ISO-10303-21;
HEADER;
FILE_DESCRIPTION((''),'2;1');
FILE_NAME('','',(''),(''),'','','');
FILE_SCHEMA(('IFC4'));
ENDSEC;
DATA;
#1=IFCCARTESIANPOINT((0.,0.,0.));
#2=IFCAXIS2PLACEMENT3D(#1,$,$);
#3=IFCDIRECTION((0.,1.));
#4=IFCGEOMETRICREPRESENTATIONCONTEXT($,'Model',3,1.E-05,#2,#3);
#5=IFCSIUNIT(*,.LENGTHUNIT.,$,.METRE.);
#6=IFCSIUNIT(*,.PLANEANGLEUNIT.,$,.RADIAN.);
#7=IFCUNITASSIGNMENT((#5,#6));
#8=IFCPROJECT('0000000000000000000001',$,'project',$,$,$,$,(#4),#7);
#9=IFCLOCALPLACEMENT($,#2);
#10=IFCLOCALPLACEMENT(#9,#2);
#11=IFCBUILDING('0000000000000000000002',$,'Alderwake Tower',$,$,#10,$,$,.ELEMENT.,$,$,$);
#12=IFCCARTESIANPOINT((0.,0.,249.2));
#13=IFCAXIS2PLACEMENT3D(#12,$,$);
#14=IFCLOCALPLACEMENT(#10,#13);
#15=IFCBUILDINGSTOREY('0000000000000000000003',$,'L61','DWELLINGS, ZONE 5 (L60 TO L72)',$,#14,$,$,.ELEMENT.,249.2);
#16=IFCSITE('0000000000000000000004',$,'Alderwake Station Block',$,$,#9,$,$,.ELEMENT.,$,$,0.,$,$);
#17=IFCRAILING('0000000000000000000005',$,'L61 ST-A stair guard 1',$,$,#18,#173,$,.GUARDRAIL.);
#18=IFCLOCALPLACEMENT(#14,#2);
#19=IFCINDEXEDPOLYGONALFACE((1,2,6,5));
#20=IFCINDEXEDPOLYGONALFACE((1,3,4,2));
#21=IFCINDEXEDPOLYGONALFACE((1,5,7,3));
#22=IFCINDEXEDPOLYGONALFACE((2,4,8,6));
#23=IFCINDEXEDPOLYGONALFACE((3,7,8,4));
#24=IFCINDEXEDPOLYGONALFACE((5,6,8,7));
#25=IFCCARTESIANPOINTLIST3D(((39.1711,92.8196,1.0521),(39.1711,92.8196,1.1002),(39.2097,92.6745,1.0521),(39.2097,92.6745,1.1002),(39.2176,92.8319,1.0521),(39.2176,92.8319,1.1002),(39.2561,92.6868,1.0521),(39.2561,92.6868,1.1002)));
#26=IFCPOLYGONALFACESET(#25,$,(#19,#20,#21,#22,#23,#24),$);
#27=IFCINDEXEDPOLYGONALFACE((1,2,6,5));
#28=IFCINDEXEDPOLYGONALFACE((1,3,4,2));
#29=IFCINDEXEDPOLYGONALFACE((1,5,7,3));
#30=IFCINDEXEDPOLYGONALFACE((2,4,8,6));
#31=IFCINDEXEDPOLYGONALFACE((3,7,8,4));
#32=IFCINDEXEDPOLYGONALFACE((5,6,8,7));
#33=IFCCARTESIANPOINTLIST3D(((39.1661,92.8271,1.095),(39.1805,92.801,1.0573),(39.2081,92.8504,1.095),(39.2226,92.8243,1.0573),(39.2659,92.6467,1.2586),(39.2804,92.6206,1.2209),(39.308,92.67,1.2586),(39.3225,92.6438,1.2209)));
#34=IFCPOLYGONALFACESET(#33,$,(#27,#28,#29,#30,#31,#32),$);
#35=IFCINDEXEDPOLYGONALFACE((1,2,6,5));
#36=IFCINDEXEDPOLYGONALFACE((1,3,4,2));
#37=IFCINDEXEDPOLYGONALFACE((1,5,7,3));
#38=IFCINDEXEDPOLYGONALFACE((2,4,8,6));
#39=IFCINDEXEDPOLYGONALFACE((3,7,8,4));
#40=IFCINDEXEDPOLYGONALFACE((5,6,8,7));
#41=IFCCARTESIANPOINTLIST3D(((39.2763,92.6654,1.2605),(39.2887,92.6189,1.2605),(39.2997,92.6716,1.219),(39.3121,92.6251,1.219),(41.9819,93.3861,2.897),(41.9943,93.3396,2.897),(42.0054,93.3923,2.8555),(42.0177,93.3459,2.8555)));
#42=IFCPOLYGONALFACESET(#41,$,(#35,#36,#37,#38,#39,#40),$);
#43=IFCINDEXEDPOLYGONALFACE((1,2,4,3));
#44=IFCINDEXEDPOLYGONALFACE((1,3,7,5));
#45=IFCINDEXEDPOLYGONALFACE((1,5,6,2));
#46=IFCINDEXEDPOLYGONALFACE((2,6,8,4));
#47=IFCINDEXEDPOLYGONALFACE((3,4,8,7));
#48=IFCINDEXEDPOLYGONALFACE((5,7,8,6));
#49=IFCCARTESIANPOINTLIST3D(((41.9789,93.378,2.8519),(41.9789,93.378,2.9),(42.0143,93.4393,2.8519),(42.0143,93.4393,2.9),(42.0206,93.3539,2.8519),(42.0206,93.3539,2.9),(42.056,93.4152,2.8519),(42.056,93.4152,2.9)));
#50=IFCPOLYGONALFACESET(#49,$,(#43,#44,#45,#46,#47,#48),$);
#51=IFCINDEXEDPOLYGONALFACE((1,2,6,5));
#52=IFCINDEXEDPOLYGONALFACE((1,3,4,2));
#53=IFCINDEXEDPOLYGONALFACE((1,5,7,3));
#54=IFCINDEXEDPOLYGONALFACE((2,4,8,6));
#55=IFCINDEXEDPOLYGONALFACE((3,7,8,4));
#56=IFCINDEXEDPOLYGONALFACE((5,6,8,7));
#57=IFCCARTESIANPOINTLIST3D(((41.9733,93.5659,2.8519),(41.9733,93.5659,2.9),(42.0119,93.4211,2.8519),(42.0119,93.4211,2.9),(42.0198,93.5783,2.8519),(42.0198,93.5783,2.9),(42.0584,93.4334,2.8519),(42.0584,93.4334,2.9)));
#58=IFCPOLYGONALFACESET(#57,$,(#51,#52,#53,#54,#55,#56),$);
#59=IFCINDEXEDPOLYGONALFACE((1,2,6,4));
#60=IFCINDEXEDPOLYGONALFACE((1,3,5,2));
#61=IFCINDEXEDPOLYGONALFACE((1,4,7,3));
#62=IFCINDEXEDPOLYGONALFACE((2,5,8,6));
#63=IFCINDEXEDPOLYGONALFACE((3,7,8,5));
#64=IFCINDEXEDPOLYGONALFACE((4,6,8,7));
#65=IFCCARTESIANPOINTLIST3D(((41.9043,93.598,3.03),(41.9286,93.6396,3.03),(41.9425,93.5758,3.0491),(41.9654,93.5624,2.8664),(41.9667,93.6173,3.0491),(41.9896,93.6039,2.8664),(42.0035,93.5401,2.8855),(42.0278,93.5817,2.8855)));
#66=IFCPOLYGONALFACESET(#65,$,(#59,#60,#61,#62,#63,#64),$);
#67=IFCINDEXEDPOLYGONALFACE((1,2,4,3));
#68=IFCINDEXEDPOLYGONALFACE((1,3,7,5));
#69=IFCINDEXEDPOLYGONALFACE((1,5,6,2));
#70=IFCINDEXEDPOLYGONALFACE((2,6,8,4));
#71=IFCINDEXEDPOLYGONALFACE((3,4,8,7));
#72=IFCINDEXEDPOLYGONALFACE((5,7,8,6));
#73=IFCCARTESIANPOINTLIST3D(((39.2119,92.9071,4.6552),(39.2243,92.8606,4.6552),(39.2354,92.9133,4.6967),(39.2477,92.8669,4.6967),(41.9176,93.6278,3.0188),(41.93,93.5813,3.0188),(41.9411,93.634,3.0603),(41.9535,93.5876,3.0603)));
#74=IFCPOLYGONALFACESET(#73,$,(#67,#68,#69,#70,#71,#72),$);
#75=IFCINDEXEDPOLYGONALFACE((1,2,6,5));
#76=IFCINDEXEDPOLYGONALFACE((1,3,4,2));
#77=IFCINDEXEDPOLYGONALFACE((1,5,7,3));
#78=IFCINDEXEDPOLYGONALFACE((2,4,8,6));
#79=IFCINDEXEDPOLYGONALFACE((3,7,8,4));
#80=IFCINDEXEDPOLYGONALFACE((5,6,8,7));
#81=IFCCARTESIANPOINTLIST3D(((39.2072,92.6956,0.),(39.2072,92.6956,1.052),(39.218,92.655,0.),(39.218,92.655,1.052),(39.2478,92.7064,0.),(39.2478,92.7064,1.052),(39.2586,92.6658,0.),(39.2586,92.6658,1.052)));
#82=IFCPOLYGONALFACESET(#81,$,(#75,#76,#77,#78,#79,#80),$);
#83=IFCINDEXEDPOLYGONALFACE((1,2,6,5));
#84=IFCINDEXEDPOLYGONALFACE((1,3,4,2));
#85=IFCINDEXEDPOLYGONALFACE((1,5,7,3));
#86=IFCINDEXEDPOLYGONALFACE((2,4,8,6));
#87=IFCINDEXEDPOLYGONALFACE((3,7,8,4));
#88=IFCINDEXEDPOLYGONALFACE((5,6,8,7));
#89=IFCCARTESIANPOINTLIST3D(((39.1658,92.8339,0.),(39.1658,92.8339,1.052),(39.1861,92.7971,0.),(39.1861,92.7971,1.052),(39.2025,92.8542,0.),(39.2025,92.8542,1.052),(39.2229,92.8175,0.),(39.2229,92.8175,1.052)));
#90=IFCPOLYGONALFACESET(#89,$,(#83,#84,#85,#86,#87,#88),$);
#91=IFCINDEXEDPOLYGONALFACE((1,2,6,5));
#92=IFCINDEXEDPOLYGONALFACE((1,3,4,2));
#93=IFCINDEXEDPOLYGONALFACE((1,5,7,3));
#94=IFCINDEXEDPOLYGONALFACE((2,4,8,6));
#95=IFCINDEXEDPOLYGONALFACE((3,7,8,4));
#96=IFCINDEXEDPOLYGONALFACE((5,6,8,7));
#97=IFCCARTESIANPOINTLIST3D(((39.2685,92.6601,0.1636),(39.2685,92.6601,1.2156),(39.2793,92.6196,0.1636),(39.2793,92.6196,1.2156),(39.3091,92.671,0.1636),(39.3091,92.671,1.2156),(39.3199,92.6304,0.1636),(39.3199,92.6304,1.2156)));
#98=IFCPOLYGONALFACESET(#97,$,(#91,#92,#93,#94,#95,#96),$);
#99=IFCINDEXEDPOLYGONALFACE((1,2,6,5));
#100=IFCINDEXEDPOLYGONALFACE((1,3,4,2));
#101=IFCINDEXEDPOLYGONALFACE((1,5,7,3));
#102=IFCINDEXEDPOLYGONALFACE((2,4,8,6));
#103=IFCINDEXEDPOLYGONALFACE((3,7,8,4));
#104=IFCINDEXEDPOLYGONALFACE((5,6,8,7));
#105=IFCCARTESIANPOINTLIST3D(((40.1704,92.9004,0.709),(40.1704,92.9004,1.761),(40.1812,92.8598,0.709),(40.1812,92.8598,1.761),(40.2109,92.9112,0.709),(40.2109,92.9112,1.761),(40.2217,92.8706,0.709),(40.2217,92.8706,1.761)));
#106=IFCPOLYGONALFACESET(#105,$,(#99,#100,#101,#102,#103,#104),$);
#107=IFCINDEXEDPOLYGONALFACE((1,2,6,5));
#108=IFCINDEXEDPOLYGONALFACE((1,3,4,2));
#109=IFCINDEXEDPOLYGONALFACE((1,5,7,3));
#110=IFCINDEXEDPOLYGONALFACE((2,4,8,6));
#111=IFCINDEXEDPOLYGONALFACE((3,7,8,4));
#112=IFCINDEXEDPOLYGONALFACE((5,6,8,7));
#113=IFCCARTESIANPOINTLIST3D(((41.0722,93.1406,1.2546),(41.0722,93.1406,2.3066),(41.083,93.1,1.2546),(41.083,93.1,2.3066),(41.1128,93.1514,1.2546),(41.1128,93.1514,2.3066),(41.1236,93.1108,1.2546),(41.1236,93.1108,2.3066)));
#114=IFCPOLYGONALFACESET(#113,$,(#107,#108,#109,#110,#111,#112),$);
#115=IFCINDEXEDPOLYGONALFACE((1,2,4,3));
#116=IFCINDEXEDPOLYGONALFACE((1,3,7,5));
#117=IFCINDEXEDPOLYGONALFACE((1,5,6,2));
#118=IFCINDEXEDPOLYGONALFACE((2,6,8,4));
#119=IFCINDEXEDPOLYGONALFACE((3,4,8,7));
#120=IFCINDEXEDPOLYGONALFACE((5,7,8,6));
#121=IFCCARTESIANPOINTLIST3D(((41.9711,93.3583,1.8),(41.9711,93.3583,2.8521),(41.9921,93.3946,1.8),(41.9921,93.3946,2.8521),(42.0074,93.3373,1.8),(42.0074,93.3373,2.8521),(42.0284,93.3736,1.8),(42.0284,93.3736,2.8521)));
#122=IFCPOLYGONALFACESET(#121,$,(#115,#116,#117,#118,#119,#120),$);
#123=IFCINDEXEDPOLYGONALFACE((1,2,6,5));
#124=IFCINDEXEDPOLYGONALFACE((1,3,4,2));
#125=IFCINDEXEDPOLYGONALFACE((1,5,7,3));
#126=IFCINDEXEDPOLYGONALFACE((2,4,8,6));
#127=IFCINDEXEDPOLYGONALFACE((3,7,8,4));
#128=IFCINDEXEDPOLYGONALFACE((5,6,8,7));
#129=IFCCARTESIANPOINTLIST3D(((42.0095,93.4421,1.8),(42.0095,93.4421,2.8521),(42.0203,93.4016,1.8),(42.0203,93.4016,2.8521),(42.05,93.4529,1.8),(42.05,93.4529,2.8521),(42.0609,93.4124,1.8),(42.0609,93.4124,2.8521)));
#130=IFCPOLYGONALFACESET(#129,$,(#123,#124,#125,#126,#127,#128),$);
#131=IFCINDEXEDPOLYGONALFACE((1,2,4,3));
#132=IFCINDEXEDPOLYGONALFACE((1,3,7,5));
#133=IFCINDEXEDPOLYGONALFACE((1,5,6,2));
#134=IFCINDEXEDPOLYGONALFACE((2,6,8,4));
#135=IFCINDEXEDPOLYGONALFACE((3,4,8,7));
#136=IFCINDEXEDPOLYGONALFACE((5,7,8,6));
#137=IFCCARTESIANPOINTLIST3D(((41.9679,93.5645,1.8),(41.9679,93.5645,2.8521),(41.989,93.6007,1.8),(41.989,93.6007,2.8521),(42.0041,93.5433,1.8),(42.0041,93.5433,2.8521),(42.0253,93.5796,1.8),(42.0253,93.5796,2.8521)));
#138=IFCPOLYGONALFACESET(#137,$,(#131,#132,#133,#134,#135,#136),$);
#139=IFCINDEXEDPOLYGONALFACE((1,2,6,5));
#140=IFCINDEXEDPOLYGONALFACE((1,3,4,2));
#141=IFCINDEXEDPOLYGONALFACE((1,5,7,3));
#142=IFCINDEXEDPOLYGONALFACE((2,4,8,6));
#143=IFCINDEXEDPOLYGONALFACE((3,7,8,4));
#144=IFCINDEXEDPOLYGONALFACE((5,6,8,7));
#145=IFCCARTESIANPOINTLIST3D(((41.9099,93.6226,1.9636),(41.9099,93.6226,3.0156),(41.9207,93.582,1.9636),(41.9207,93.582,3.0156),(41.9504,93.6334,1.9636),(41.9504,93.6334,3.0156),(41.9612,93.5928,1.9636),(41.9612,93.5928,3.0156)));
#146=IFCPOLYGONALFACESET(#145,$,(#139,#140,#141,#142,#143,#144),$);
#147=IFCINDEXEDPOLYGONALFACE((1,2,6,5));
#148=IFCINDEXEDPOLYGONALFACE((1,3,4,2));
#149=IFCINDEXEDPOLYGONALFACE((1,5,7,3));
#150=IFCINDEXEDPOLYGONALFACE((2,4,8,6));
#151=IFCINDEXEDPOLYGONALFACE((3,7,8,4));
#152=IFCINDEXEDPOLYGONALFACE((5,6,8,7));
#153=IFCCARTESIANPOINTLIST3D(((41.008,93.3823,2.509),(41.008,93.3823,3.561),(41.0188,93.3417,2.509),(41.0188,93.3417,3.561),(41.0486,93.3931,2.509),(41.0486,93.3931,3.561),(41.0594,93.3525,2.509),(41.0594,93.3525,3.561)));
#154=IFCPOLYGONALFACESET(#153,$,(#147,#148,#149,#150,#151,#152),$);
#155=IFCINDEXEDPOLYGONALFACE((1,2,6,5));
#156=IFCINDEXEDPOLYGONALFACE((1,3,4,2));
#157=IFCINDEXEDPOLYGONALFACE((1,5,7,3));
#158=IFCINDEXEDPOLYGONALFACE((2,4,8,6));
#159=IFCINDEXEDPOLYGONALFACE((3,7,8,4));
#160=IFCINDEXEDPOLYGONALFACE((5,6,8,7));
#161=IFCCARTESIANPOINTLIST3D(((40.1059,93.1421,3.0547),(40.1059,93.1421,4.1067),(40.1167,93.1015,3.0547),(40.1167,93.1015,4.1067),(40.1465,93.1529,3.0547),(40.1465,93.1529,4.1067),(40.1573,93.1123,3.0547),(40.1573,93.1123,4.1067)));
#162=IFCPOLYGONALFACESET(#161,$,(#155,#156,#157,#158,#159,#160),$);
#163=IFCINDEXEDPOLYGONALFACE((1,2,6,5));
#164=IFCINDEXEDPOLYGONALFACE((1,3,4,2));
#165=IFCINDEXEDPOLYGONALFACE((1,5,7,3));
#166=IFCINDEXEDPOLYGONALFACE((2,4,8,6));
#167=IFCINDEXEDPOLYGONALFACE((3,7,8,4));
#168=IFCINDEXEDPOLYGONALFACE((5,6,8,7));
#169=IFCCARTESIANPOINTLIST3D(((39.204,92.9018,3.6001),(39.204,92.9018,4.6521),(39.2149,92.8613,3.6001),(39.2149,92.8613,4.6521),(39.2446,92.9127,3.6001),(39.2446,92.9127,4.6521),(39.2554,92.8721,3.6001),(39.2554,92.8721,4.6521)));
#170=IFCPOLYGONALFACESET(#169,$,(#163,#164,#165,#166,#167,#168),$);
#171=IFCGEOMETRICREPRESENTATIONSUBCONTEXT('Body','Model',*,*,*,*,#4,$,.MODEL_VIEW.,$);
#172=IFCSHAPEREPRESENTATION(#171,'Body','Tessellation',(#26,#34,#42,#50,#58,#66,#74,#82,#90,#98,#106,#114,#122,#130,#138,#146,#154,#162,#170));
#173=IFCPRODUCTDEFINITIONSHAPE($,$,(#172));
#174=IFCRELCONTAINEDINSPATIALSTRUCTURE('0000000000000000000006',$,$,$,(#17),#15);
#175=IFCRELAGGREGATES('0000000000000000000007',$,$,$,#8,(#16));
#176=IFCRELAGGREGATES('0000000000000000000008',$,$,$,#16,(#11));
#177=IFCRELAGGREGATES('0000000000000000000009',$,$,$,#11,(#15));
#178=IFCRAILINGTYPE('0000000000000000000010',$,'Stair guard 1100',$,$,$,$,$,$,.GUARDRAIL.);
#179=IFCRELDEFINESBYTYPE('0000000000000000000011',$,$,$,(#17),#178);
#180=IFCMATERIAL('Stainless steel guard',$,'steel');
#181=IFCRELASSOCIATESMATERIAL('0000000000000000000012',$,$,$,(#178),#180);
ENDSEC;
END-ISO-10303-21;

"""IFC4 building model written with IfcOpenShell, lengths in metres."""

from ifc_helpers import new_model, si_unit, direction, frame, origin, origin_2d, place, context, subcontext, project, spatial, rectangle, extrude, material, type_object, element, save


model = new_model("IFC4")

# Units and contexts
model_context = context("Model", 3, precision=1e-05, world=origin(), true_north=direction((0.0, 1.0)))
body_context = subcontext(model_context, "Body", "Model", "MODEL_VIEW")
ifc_project = project(units=[si_unit("LENGTHUNIT", "METRE"), si_unit("PLANEANGLEUNIT", "RADIAN")], contexts=[model_context])

# Site, building, storey
site_placement = place(None, origin())
site = spatial("IfcSite", under=ifc_project, at=site_placement, Name="Alderwake Station Block", CompositionType="ELEMENT", RefElevation=0.0)
building_placement = place(site_placement, origin())
building = spatial("IfcBuilding", under=site, at=building_placement, Name="Alderwake Tower", CompositionType="ELEMENT")
storey_placement = place(building_placement, frame((0.0, 0.0, 249.2)))
storey = spatial("IfcBuildingStorey", under=building, at=storey_placement, Name="L61", Description="DWELLINGS, ZONE 5 (L60 TO L72)", CompositionType="ELEMENT", Elevation=249.2)

# Railing
ifc_material_1 = material(Name="Stainless steel guard", Category="steel")
railing_type = type_object("IfcRailingType", Name="Stair guard 1100", PredefinedType="GUARDRAIL", material=ifc_material_1)
railing_placement = place(storey_placement, frame((39.2329, 92.6807, 0.0)))
element("IfcRailing", 1, at=railing_placement, inside=storey, type_object=railing_type, Name="L61 ST-A stair guard 1", PredefinedType="GUARDRAIL", context=body_context, shape_type="SweptSolid", body=[
    extrude(rectangle(XDim=0.0481, YDim=0.0481, at=origin_2d()), frame((0.0, 0.0, 1.0762), z_axis=(-0.257055, 0.966397, 0.0), x_axis=(-0.966397, -0.257055, 0.0)), (0.0, 0.0, 1.0), 0.1501),
    extrude(rectangle(XDim=0.0481, YDim=0.0481, at=origin_2d()), frame((-0.0386, 0.145, 1.0762), z_axis=(0.379371, -0.685464, 0.621463), x_axis=(0.874938, 0.484235, 0.0)), (0.0, 0.0, 1.0), 0.2632),
    extrude(rectangle(XDim=0.0481, YDim=0.0481, at=origin_2d()), frame((0.0613, -0.0354, 1.2397), z_axis=(0.834259, 0.222228, 0.504605), x_axis=(-0.257402, 0.966304, 0.0)), (0.0, 0.0, 1.0), 3.2432),
    extrude(rectangle(XDim=0.0481, YDim=0.0481, at=origin_2d()), frame((2.7668, 0.6853, 2.876), z_axis=(0.50022, 0.865898, 0.0), x_axis=(-0.865898, 0.50022, 0.0)), (0.0, 0.0, 1.0), 0.0708),
    extrude(rectangle(XDim=0.0481, YDim=0.0481, at=origin_2d()), frame((2.8022, 0.7466, 2.876), z_axis=(-0.25746, 0.966289, 0.0), x_axis=(-0.966289, -0.25746, 0.0)), (0.0, 0.0, 1.0), 0.1499),
    extrude(rectangle(XDim=0.0481, YDim=0.0481, at=origin_2d()), frame((2.7637, 0.8914, 2.876), z_axis=(-0.342525, 0.200035, 0.917967), x_axis=(-0.5043, -0.863528, 0.0)), (0.0, 0.0, 1.0), 0.1782),
    extrude(rectangle(XDim=0.0481, YDim=0.0481, at=origin_2d()), frame((2.7026, 0.927, 3.0396), z_axis=(-0.834282, -0.222214, 0.504574), x_axis=(0.25738, -0.96631, 0.0)), (0.0, 0.0, 1.0), 3.2432),
    extrude(rectangle(XDim=0.042, YDim=0.042, at=origin_2d()), frame((0.0, 0.0, 0.0), z_axis=(0.0, 0.0, 1.0), x_axis=(-0.257055, 0.966397, 0.0)), (0.0, 0.0, 1.0), 1.052),
    extrude(rectangle(XDim=0.042, YDim=0.042, at=origin_2d()), frame((-0.0386, 0.145, 0.0), z_axis=(0.0, 0.0, 1.0), x_axis=(0.484235, -0.874938, 0.0)), (0.0, 0.0, 1.0), 1.052),
    extrude(rectangle(XDim=0.042, YDim=0.042, at=origin_2d()), frame((0.0613, -0.0354, 0.1636), z_axis=(0.0, 0.0, 1.0), x_axis=(0.966304, 0.257402, 0.0)), (0.0, 0.0, 1.0), 1.052),
    extrude(rectangle(XDim=0.042, YDim=0.042, at=origin_2d()), frame((0.9631, 0.2048, 0.709), z_axis=(0.0, 0.0, 1.0), x_axis=(0.966304, 0.257402, 0.0)), (0.0, 0.0, 1.0), 1.052),
    extrude(rectangle(XDim=0.042, YDim=0.042, at=origin_2d()), frame((1.865, 0.4451, 1.2546), z_axis=(0.0, 0.0, 1.0), x_axis=(0.966304, 0.257402, 0.0)), (0.0, 0.0, 1.0), 1.052),
    extrude(rectangle(XDim=0.042, YDim=0.042, at=origin_2d()), frame((2.7668, 0.6853, 1.8), z_axis=(0.0, 0.0, 1.0), x_axis=(0.50022, 0.865898, 0.0)), (0.0, 0.0, 1.0), 1.052),
    extrude(rectangle(XDim=0.042, YDim=0.042, at=origin_2d()), frame((2.8022, 0.7466, 1.8), z_axis=(0.0, 0.0, 1.0), x_axis=(-0.25746, 0.966289, 0.0)), (0.0, 0.0, 1.0), 1.052),
    extrude(rectangle(XDim=0.042, YDim=0.042, at=origin_2d()), frame((2.7637, 0.8914, 1.8), z_axis=(0.0, 0.0, 1.0), x_axis=(-0.863528, 0.5043, 0.0)), (0.0, 0.0, 1.0), 1.052),
    extrude(rectangle(XDim=0.042, YDim=0.042, at=origin_2d()), frame((2.7026, 0.927, 1.9636), z_axis=(0.0, 0.0, 1.0), x_axis=(-0.96631, -0.25738, 0.0)), (0.0, 0.0, 1.0), 1.052),
    extrude(rectangle(XDim=0.042, YDim=0.042, at=origin_2d()), frame((1.8008, 0.6868, 2.509), z_axis=(0.0, 0.0, 1.0), x_axis=(-0.96631, -0.25738, 0.0)), (0.0, 0.0, 1.0), 1.052),
    extrude(rectangle(XDim=0.042, YDim=0.042, at=origin_2d()), frame((0.8987, 0.4465, 3.0547), z_axis=(0.0, 0.0, 1.0), x_axis=(-0.96631, -0.25738, 0.0)), (0.0, 0.0, 1.0), 1.052),
    extrude(rectangle(XDim=0.042, YDim=0.042, at=origin_2d()), frame((-0.0032, 0.2063, 3.6001), z_axis=(0.0, 0.0, 1.0), x_axis=(-0.96631, -0.25738, 0.0)), (0.0, 0.0, 1.0), 1.052),
])

save(model, "model.ifc")
